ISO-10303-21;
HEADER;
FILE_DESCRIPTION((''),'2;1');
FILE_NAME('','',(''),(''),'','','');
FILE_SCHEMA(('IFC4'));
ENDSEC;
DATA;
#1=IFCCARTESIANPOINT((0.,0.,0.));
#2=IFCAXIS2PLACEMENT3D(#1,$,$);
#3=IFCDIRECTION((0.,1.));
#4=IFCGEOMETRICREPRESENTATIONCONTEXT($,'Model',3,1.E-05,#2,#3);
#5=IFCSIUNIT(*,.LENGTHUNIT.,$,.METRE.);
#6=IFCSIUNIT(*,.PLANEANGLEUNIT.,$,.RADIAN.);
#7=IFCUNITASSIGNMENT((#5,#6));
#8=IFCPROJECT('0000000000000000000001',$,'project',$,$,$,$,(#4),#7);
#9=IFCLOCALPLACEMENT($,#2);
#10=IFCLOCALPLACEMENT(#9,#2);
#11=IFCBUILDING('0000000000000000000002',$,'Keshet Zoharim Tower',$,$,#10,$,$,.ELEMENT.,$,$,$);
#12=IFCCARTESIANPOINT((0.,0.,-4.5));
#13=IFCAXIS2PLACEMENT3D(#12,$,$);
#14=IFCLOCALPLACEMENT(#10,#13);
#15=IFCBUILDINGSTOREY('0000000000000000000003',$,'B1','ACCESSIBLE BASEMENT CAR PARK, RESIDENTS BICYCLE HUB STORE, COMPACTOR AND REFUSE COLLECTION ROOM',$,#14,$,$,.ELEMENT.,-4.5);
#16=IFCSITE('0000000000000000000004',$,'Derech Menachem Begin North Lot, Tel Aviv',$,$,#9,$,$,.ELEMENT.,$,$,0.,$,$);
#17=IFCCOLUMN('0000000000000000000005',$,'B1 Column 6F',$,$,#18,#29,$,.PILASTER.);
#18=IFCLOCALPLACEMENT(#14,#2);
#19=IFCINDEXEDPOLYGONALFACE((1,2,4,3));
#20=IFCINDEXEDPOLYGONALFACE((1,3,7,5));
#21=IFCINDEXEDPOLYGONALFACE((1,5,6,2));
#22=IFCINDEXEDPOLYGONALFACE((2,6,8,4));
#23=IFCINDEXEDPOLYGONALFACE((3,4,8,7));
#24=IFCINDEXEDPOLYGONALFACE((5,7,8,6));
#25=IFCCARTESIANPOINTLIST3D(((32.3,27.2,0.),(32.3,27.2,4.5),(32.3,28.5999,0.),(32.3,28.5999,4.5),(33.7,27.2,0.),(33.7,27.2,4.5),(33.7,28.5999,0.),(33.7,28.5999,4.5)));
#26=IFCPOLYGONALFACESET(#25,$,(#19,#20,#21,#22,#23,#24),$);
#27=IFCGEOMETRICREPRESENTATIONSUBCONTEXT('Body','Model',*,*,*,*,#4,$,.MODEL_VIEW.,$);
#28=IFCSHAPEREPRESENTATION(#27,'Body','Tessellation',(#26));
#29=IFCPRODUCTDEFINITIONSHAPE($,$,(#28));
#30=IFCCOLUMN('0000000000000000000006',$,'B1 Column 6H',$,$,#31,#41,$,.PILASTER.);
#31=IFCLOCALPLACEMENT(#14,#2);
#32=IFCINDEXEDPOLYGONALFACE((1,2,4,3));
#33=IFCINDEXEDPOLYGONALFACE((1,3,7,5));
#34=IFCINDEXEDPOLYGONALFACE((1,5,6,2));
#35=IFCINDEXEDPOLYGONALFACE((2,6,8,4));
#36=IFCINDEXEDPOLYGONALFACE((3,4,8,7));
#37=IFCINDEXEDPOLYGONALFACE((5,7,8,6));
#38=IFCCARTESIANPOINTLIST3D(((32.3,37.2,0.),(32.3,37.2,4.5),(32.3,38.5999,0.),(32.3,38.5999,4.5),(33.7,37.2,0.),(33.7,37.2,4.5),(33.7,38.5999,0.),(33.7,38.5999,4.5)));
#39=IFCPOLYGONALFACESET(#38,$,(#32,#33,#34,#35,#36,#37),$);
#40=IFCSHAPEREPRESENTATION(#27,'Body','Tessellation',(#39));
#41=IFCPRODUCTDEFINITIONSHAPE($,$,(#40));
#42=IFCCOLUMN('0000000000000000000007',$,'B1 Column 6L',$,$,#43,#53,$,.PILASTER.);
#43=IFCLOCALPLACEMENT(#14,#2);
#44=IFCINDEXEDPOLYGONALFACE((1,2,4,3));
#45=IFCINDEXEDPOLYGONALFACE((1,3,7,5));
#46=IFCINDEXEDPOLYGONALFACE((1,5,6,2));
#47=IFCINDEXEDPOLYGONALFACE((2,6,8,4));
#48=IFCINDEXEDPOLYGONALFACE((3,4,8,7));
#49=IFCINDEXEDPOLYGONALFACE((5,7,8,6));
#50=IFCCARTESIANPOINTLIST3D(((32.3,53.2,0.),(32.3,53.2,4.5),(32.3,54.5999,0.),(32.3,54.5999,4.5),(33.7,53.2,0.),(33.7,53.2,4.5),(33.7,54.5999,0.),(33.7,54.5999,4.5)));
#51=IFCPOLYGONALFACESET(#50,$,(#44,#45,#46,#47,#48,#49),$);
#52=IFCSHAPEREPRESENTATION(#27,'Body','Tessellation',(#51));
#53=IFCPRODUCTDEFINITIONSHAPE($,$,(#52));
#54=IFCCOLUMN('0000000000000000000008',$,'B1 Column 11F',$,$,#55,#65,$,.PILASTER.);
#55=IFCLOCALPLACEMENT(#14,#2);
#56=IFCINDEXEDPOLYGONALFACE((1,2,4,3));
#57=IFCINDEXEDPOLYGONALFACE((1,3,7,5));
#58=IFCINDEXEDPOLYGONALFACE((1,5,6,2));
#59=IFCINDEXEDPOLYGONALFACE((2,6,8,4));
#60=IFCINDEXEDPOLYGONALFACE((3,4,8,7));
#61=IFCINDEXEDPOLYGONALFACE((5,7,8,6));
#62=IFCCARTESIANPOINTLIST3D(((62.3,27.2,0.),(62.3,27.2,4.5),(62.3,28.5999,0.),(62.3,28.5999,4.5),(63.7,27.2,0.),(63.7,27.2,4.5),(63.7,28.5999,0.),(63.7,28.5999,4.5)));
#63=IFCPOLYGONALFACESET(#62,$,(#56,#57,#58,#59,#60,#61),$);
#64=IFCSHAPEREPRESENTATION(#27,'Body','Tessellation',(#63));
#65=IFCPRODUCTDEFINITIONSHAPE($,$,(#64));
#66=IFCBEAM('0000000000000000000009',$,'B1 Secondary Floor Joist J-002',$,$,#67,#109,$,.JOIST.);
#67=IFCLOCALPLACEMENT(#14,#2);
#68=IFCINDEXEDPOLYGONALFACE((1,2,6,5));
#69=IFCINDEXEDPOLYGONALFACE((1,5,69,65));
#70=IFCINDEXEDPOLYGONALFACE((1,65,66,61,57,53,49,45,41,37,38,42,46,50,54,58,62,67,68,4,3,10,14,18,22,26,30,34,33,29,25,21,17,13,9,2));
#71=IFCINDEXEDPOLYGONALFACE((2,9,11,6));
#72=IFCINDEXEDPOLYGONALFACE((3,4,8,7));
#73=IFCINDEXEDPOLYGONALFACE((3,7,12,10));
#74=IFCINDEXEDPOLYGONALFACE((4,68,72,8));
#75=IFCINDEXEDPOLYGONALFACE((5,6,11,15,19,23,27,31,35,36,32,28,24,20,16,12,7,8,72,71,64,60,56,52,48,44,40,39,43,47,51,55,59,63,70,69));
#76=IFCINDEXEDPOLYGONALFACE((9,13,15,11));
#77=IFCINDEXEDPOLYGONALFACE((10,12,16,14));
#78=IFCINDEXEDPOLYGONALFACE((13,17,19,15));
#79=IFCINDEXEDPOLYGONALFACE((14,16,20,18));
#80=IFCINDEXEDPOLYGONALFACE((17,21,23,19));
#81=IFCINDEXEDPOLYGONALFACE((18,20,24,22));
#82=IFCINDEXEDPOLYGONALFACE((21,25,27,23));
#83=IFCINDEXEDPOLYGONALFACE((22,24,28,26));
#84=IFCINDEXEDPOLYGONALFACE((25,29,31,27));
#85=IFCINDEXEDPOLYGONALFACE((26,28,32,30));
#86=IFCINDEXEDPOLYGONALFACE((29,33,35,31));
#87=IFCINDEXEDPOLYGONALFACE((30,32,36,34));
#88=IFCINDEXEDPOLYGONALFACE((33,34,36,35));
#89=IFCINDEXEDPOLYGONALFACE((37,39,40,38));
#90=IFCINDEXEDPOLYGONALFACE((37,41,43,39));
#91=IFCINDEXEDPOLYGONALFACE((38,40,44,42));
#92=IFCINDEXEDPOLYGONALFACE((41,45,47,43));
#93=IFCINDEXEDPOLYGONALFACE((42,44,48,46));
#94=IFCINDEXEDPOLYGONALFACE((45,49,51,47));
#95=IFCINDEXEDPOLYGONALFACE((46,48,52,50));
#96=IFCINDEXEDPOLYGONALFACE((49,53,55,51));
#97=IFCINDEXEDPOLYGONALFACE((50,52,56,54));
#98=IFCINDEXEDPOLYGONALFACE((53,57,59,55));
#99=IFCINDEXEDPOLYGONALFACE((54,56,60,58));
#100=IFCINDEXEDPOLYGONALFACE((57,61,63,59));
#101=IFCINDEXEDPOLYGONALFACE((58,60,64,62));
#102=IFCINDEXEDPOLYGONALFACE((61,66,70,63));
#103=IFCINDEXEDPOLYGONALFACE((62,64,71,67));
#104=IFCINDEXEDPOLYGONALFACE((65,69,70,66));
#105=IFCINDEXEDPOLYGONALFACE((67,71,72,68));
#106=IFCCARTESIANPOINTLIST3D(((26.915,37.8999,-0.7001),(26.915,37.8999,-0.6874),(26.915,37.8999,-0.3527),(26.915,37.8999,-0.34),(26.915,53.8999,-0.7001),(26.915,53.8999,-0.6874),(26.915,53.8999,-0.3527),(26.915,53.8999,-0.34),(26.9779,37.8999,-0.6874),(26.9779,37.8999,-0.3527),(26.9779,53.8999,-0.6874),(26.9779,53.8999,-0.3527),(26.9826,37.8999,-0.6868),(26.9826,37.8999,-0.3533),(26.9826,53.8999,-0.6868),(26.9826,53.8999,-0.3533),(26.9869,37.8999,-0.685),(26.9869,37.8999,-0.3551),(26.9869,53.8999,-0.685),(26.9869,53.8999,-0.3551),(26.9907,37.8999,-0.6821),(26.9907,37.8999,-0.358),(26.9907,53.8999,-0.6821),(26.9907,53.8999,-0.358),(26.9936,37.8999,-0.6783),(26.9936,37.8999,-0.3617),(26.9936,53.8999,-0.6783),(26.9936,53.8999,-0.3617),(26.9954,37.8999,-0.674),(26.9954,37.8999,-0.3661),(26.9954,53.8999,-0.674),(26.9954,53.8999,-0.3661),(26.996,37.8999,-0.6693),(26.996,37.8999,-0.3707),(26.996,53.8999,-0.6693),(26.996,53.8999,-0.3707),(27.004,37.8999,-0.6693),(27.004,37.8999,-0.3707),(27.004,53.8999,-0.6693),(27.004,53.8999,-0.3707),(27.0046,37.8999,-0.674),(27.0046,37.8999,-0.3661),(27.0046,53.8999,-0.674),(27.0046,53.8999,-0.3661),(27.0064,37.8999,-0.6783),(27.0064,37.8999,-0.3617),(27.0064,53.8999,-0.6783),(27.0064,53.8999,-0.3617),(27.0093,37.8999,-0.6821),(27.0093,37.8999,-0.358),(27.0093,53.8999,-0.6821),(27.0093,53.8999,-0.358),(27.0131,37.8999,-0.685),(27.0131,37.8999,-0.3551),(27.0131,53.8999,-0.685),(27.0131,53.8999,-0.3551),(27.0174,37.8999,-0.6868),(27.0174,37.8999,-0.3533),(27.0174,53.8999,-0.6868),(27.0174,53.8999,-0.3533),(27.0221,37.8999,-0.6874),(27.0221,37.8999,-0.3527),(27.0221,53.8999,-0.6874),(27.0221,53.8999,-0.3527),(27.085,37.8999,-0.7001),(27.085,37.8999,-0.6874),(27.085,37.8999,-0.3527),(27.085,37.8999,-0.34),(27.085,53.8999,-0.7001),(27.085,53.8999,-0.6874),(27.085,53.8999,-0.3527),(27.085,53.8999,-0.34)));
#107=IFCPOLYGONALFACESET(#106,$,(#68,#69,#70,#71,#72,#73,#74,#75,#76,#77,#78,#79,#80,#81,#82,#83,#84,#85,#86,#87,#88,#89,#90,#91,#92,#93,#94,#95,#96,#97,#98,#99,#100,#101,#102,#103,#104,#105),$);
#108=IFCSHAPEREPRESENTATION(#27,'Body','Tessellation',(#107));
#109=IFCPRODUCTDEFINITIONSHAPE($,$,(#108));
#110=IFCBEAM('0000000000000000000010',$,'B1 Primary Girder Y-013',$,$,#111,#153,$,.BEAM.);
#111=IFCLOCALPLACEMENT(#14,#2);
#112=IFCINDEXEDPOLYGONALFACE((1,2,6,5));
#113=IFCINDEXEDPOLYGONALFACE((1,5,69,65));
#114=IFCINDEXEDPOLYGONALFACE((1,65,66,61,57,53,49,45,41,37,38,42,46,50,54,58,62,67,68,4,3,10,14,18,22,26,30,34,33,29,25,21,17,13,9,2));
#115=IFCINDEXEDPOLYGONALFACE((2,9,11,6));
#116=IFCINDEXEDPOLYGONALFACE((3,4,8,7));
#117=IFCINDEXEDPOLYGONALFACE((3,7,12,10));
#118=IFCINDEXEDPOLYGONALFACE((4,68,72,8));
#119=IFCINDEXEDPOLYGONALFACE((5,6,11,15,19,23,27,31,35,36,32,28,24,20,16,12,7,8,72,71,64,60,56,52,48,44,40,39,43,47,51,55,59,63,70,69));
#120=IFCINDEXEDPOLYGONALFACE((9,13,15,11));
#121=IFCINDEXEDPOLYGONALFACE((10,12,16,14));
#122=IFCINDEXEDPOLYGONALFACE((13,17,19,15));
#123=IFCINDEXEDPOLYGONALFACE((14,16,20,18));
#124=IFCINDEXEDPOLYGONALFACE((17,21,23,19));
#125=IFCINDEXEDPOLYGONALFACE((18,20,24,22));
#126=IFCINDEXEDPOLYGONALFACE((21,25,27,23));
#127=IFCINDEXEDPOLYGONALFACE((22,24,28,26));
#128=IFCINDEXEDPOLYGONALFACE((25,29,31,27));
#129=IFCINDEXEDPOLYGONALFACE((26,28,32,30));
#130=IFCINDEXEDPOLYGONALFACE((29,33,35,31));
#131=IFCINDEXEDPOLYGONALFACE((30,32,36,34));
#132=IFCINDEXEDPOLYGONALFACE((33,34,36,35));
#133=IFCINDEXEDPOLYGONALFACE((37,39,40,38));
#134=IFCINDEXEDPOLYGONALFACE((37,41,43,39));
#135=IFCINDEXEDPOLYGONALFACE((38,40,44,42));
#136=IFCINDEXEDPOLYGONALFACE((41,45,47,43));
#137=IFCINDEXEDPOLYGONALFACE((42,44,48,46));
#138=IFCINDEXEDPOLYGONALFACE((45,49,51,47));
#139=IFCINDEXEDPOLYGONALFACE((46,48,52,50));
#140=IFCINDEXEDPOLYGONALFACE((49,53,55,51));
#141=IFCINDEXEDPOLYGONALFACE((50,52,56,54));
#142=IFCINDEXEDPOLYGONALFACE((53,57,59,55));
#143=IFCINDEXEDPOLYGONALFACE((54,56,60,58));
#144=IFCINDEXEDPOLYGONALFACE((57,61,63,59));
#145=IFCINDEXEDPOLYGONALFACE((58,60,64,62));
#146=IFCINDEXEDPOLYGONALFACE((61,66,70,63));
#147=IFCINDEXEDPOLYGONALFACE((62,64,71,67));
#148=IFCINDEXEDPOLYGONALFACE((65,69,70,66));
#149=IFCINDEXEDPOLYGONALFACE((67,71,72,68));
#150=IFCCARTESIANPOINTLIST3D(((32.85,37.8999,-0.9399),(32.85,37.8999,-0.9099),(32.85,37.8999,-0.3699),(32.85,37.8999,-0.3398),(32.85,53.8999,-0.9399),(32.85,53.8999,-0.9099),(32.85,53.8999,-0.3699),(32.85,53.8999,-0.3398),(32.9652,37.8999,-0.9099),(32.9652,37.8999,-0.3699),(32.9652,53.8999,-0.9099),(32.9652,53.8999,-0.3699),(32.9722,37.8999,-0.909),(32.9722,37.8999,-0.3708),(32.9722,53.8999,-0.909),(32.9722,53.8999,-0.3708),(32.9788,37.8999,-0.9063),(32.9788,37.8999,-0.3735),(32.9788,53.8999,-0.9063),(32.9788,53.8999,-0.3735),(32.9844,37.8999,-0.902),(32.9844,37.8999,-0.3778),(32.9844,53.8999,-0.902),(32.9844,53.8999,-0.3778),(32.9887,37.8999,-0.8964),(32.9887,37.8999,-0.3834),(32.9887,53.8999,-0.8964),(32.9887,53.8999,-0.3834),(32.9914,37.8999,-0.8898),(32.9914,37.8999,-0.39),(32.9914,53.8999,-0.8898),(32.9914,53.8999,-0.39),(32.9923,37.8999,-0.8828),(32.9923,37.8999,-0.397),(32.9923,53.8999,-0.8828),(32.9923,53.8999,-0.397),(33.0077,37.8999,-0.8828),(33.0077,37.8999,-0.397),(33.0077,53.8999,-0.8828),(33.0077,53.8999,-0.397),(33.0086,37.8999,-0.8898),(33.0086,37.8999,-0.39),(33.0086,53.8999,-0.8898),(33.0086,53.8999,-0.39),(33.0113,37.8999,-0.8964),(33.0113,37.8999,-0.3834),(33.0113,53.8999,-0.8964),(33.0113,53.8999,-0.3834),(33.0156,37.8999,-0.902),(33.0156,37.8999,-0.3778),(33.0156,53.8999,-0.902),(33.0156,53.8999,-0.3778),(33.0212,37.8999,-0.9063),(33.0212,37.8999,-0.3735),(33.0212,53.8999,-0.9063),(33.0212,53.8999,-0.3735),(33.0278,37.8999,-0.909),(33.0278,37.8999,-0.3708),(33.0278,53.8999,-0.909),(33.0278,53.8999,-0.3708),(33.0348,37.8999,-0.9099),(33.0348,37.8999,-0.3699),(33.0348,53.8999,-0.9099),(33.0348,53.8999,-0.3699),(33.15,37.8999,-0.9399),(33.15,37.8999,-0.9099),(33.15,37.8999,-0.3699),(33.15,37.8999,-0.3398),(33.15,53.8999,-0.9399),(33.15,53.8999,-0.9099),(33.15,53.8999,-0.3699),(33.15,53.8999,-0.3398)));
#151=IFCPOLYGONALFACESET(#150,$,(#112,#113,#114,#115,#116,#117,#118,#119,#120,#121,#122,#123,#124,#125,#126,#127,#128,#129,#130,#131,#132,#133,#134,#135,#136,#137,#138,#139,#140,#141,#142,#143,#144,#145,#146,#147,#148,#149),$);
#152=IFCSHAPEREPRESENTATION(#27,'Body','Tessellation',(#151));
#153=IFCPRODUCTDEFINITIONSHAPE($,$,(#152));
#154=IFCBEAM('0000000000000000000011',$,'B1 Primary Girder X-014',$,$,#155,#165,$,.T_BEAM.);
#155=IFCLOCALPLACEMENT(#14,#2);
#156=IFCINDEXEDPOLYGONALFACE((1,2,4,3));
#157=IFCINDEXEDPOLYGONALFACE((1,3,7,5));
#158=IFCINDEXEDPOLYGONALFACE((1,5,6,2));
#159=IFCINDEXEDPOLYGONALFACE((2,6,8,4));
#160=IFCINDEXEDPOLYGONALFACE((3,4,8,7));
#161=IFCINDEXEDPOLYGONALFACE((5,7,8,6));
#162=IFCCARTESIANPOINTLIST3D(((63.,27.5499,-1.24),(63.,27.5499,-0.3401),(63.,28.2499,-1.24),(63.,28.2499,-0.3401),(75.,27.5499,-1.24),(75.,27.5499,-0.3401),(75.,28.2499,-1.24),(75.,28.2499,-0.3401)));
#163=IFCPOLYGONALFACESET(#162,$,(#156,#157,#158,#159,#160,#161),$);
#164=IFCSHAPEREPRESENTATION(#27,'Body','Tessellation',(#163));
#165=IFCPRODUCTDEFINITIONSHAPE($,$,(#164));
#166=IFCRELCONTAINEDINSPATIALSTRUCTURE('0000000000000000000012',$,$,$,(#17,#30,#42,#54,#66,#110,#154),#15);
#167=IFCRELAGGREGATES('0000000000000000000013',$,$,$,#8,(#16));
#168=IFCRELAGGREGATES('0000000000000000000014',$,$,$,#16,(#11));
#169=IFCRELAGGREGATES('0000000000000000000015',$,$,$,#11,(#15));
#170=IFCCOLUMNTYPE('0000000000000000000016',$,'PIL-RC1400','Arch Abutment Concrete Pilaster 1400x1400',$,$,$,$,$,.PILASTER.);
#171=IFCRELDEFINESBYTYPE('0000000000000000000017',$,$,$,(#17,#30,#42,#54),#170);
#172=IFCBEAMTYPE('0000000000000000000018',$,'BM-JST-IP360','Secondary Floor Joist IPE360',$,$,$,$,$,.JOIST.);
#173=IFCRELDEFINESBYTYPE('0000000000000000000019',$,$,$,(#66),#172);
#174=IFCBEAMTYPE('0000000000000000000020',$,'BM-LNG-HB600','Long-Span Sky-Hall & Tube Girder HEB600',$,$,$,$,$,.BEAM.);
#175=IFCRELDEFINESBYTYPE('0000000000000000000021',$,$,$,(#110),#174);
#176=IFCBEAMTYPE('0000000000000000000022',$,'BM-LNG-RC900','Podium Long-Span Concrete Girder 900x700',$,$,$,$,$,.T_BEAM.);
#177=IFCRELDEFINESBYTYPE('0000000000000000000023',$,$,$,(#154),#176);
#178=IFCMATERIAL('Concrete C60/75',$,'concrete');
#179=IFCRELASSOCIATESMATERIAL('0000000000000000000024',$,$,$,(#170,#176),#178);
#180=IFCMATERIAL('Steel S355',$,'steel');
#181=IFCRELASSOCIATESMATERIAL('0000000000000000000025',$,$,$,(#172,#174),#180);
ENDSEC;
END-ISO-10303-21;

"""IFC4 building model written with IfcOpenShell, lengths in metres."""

from ifc_helpers import new_model, si_unit, direction, frame, origin, origin_2d, place, context, subcontext, project, spatial, rectangle, i_section, extrude, material, material_profile, profile_set, type_object, element, save


model = new_model("IFC4")

# Units and contexts
model_context = context("Model", 3, precision=1e-05, world=origin(), true_north=direction((0.0, 1.0)))
body_context = subcontext(model_context, "Body", "Model", "MODEL_VIEW")
ifc_project = project(units=[si_unit("LENGTHUNIT", "METRE"), si_unit("PLANEANGLEUNIT", "RADIAN")], contexts=[model_context])

# Site, building, storey
site_placement = place(None, origin())
site = spatial("IfcSite", under=ifc_project, at=site_placement, Name="Derech Menachem Begin North Lot, Tel Aviv", CompositionType="ELEMENT", RefElevation=0.0)
building_placement = place(site_placement, origin())
building = spatial("IfcBuilding", under=site, at=building_placement, Name="Keshet Zoharim Tower", CompositionType="ELEMENT")
storey_placement = place(building_placement, frame((0.0, 0.0, -4.5)))
storey = spatial("IfcBuildingStorey", under=building, at=storey_placement, Name="B1", Description="ACCESSIBLE BASEMENT CAR PARK, RESIDENTS BICYCLE HUB STORE, COMPACTOR AND REFUSE COLLECTION ROOM", CompositionType="ELEMENT", Elevation=-4.5)

# Columns
ifc_material_1 = material(Name="Concrete C60/75", Category="concrete")
ifc_material_profile_1 = material_profile(ifc_material_1, rectangle(XDim=1.3999, YDim=1.3999, at=origin_2d()), Name="RC1400x1400")
ifc_profile_set_1 = profile_set([ifc_material_profile_1], Name="Concrete C60/75")
column_type = type_object("IfcColumnType", Name="PIL-RC1400", Description="Arch Abutment Concrete Pilaster 1400x1400", PredefinedType="PILASTER", material=ifc_profile_set_1)
for number, where, z_axis, x_axis, name in (
    (1, (33.0, 27.8999, 0.0), (0.0, 0.0, 1.0), (1.0, 0.0, 0.0), "B1 Column 6F"),
    (2, (33.0, 37.8999, 0.0), (0.0, 0.0, 1.0), (1.0, 0.0, 0.0), "B1 Column 6H"),
    (3, (33.0, 53.8999, 0.0), (0.0, 0.0, 1.0), (1.0, 0.0, 0.0), "B1 Column 6L"),
    (4, (63.0, 27.8999, 0.0), (0.0, 0.0, 1.0), (1.0, 0.0, 0.0), "B1 Column 11F"),
):
    element("IfcColumn", number, at=place(storey_placement, frame(where, z_axis=z_axis, x_axis=x_axis)), inside=storey, type_object=column_type, Name=name, PredefinedType="PILASTER", context=body_context, shape_type="SweptSolid", body=[
        extrude(rectangle(XDim=1.3999, YDim=1.3999, at=origin_2d()), origin(), (0.0, 0.0, 1.0), 4.5),
    ])

# Beams
ifc_material_2 = material(Name="Steel S355", Category="steel")
ifc_material_profile_2 = material_profile(ifc_material_2, i_section(OverallWidth=0.1699, OverallDepth=0.3601, WebThickness=0.0081, FlangeThickness=0.0127, FilletRadius=0.0181, at=origin_2d()), Name="IPE360")
ifc_profile_set_2 = profile_set([ifc_material_profile_2], Name="Steel S355")
beam_type_1 = type_object("IfcBeamType", Name="BM-JST-IP360", Description="Secondary Floor Joist IPE360", PredefinedType="JOIST", material=ifc_profile_set_2)
beam_1_placement = place(storey_placement, frame((27.0, 37.8999, -0.52), z_axis=(0.0, 1.0, 0.0), x_axis=(-1.0, 0.0, 0.0)))
element("IfcBeam", 5, at=beam_1_placement, inside=storey, type_object=beam_type_1, Name="B1 Secondary Floor Joist J-002", PredefinedType="JOIST", context=body_context, shape_type="SweptSolid", body=[
    extrude(i_section(OverallWidth=0.1699, OverallDepth=0.3601, WebThickness=0.0081, FlangeThickness=0.0127, FilletRadius=0.0181, at=origin_2d()), origin(), (0.0, 0.0, 1.0), 16.0),
])
ifc_material_profile_3 = material_profile(ifc_material_2, i_section(OverallWidth=0.3, OverallDepth=0.6001, WebThickness=0.0154, FlangeThickness=0.03, FilletRadius=0.0271, at=origin_2d()), Name="HEB600")
ifc_profile_set_3 = profile_set([ifc_material_profile_3], Name="Steel S355")
beam_type_2 = type_object("IfcBeamType", Name="BM-LNG-HB600", Description="Long-Span Sky-Hall & Tube Girder HEB600", PredefinedType="BEAM", material=ifc_profile_set_3)
beam_2_placement = place(storey_placement, frame((33.0, 37.8999, -0.6399), z_axis=(0.0, 1.0, 0.0), x_axis=(-1.0, 0.0, 0.0)))
element("IfcBeam", 6, at=beam_2_placement, inside=storey, type_object=beam_type_2, Name="B1 Primary Girder Y-013", PredefinedType="BEAM", context=body_context, shape_type="SweptSolid", body=[
    extrude(i_section(OverallWidth=0.3, OverallDepth=0.6001, WebThickness=0.0154, FlangeThickness=0.03, FilletRadius=0.0271, at=origin_2d()), origin(), (0.0, 0.0, 1.0), 16.0),
])
ifc_material_profile_4 = material_profile(ifc_material_1, rectangle(XDim=0.7, YDim=0.8999, at=origin_2d()), Name="RC900x700")
ifc_profile_set_4 = profile_set([ifc_material_profile_4], Name="Concrete C60/75")
beam_type_3 = type_object("IfcBeamType", Name="BM-LNG-RC900", Description="Podium Long-Span Concrete Girder 900x700", PredefinedType="T_BEAM", material=ifc_profile_set_4)
beam_3_placement = place(storey_placement, frame((63.0, 27.8999, -0.79), z_axis=(1.0, 0.0, 0.0), x_axis=(0.0, 1.0, 0.0)))
element("IfcBeam", 7, at=beam_3_placement, inside=storey, type_object=beam_type_3, Name="B1 Primary Girder X-014", PredefinedType="T_BEAM", context=body_context, shape_type="SweptSolid", body=[
    extrude(rectangle(XDim=0.7, YDim=0.8999, at=origin_2d()), origin(), (0.0, 0.0, 1.0), 12.0),
])

save(model, "model.ifc")
